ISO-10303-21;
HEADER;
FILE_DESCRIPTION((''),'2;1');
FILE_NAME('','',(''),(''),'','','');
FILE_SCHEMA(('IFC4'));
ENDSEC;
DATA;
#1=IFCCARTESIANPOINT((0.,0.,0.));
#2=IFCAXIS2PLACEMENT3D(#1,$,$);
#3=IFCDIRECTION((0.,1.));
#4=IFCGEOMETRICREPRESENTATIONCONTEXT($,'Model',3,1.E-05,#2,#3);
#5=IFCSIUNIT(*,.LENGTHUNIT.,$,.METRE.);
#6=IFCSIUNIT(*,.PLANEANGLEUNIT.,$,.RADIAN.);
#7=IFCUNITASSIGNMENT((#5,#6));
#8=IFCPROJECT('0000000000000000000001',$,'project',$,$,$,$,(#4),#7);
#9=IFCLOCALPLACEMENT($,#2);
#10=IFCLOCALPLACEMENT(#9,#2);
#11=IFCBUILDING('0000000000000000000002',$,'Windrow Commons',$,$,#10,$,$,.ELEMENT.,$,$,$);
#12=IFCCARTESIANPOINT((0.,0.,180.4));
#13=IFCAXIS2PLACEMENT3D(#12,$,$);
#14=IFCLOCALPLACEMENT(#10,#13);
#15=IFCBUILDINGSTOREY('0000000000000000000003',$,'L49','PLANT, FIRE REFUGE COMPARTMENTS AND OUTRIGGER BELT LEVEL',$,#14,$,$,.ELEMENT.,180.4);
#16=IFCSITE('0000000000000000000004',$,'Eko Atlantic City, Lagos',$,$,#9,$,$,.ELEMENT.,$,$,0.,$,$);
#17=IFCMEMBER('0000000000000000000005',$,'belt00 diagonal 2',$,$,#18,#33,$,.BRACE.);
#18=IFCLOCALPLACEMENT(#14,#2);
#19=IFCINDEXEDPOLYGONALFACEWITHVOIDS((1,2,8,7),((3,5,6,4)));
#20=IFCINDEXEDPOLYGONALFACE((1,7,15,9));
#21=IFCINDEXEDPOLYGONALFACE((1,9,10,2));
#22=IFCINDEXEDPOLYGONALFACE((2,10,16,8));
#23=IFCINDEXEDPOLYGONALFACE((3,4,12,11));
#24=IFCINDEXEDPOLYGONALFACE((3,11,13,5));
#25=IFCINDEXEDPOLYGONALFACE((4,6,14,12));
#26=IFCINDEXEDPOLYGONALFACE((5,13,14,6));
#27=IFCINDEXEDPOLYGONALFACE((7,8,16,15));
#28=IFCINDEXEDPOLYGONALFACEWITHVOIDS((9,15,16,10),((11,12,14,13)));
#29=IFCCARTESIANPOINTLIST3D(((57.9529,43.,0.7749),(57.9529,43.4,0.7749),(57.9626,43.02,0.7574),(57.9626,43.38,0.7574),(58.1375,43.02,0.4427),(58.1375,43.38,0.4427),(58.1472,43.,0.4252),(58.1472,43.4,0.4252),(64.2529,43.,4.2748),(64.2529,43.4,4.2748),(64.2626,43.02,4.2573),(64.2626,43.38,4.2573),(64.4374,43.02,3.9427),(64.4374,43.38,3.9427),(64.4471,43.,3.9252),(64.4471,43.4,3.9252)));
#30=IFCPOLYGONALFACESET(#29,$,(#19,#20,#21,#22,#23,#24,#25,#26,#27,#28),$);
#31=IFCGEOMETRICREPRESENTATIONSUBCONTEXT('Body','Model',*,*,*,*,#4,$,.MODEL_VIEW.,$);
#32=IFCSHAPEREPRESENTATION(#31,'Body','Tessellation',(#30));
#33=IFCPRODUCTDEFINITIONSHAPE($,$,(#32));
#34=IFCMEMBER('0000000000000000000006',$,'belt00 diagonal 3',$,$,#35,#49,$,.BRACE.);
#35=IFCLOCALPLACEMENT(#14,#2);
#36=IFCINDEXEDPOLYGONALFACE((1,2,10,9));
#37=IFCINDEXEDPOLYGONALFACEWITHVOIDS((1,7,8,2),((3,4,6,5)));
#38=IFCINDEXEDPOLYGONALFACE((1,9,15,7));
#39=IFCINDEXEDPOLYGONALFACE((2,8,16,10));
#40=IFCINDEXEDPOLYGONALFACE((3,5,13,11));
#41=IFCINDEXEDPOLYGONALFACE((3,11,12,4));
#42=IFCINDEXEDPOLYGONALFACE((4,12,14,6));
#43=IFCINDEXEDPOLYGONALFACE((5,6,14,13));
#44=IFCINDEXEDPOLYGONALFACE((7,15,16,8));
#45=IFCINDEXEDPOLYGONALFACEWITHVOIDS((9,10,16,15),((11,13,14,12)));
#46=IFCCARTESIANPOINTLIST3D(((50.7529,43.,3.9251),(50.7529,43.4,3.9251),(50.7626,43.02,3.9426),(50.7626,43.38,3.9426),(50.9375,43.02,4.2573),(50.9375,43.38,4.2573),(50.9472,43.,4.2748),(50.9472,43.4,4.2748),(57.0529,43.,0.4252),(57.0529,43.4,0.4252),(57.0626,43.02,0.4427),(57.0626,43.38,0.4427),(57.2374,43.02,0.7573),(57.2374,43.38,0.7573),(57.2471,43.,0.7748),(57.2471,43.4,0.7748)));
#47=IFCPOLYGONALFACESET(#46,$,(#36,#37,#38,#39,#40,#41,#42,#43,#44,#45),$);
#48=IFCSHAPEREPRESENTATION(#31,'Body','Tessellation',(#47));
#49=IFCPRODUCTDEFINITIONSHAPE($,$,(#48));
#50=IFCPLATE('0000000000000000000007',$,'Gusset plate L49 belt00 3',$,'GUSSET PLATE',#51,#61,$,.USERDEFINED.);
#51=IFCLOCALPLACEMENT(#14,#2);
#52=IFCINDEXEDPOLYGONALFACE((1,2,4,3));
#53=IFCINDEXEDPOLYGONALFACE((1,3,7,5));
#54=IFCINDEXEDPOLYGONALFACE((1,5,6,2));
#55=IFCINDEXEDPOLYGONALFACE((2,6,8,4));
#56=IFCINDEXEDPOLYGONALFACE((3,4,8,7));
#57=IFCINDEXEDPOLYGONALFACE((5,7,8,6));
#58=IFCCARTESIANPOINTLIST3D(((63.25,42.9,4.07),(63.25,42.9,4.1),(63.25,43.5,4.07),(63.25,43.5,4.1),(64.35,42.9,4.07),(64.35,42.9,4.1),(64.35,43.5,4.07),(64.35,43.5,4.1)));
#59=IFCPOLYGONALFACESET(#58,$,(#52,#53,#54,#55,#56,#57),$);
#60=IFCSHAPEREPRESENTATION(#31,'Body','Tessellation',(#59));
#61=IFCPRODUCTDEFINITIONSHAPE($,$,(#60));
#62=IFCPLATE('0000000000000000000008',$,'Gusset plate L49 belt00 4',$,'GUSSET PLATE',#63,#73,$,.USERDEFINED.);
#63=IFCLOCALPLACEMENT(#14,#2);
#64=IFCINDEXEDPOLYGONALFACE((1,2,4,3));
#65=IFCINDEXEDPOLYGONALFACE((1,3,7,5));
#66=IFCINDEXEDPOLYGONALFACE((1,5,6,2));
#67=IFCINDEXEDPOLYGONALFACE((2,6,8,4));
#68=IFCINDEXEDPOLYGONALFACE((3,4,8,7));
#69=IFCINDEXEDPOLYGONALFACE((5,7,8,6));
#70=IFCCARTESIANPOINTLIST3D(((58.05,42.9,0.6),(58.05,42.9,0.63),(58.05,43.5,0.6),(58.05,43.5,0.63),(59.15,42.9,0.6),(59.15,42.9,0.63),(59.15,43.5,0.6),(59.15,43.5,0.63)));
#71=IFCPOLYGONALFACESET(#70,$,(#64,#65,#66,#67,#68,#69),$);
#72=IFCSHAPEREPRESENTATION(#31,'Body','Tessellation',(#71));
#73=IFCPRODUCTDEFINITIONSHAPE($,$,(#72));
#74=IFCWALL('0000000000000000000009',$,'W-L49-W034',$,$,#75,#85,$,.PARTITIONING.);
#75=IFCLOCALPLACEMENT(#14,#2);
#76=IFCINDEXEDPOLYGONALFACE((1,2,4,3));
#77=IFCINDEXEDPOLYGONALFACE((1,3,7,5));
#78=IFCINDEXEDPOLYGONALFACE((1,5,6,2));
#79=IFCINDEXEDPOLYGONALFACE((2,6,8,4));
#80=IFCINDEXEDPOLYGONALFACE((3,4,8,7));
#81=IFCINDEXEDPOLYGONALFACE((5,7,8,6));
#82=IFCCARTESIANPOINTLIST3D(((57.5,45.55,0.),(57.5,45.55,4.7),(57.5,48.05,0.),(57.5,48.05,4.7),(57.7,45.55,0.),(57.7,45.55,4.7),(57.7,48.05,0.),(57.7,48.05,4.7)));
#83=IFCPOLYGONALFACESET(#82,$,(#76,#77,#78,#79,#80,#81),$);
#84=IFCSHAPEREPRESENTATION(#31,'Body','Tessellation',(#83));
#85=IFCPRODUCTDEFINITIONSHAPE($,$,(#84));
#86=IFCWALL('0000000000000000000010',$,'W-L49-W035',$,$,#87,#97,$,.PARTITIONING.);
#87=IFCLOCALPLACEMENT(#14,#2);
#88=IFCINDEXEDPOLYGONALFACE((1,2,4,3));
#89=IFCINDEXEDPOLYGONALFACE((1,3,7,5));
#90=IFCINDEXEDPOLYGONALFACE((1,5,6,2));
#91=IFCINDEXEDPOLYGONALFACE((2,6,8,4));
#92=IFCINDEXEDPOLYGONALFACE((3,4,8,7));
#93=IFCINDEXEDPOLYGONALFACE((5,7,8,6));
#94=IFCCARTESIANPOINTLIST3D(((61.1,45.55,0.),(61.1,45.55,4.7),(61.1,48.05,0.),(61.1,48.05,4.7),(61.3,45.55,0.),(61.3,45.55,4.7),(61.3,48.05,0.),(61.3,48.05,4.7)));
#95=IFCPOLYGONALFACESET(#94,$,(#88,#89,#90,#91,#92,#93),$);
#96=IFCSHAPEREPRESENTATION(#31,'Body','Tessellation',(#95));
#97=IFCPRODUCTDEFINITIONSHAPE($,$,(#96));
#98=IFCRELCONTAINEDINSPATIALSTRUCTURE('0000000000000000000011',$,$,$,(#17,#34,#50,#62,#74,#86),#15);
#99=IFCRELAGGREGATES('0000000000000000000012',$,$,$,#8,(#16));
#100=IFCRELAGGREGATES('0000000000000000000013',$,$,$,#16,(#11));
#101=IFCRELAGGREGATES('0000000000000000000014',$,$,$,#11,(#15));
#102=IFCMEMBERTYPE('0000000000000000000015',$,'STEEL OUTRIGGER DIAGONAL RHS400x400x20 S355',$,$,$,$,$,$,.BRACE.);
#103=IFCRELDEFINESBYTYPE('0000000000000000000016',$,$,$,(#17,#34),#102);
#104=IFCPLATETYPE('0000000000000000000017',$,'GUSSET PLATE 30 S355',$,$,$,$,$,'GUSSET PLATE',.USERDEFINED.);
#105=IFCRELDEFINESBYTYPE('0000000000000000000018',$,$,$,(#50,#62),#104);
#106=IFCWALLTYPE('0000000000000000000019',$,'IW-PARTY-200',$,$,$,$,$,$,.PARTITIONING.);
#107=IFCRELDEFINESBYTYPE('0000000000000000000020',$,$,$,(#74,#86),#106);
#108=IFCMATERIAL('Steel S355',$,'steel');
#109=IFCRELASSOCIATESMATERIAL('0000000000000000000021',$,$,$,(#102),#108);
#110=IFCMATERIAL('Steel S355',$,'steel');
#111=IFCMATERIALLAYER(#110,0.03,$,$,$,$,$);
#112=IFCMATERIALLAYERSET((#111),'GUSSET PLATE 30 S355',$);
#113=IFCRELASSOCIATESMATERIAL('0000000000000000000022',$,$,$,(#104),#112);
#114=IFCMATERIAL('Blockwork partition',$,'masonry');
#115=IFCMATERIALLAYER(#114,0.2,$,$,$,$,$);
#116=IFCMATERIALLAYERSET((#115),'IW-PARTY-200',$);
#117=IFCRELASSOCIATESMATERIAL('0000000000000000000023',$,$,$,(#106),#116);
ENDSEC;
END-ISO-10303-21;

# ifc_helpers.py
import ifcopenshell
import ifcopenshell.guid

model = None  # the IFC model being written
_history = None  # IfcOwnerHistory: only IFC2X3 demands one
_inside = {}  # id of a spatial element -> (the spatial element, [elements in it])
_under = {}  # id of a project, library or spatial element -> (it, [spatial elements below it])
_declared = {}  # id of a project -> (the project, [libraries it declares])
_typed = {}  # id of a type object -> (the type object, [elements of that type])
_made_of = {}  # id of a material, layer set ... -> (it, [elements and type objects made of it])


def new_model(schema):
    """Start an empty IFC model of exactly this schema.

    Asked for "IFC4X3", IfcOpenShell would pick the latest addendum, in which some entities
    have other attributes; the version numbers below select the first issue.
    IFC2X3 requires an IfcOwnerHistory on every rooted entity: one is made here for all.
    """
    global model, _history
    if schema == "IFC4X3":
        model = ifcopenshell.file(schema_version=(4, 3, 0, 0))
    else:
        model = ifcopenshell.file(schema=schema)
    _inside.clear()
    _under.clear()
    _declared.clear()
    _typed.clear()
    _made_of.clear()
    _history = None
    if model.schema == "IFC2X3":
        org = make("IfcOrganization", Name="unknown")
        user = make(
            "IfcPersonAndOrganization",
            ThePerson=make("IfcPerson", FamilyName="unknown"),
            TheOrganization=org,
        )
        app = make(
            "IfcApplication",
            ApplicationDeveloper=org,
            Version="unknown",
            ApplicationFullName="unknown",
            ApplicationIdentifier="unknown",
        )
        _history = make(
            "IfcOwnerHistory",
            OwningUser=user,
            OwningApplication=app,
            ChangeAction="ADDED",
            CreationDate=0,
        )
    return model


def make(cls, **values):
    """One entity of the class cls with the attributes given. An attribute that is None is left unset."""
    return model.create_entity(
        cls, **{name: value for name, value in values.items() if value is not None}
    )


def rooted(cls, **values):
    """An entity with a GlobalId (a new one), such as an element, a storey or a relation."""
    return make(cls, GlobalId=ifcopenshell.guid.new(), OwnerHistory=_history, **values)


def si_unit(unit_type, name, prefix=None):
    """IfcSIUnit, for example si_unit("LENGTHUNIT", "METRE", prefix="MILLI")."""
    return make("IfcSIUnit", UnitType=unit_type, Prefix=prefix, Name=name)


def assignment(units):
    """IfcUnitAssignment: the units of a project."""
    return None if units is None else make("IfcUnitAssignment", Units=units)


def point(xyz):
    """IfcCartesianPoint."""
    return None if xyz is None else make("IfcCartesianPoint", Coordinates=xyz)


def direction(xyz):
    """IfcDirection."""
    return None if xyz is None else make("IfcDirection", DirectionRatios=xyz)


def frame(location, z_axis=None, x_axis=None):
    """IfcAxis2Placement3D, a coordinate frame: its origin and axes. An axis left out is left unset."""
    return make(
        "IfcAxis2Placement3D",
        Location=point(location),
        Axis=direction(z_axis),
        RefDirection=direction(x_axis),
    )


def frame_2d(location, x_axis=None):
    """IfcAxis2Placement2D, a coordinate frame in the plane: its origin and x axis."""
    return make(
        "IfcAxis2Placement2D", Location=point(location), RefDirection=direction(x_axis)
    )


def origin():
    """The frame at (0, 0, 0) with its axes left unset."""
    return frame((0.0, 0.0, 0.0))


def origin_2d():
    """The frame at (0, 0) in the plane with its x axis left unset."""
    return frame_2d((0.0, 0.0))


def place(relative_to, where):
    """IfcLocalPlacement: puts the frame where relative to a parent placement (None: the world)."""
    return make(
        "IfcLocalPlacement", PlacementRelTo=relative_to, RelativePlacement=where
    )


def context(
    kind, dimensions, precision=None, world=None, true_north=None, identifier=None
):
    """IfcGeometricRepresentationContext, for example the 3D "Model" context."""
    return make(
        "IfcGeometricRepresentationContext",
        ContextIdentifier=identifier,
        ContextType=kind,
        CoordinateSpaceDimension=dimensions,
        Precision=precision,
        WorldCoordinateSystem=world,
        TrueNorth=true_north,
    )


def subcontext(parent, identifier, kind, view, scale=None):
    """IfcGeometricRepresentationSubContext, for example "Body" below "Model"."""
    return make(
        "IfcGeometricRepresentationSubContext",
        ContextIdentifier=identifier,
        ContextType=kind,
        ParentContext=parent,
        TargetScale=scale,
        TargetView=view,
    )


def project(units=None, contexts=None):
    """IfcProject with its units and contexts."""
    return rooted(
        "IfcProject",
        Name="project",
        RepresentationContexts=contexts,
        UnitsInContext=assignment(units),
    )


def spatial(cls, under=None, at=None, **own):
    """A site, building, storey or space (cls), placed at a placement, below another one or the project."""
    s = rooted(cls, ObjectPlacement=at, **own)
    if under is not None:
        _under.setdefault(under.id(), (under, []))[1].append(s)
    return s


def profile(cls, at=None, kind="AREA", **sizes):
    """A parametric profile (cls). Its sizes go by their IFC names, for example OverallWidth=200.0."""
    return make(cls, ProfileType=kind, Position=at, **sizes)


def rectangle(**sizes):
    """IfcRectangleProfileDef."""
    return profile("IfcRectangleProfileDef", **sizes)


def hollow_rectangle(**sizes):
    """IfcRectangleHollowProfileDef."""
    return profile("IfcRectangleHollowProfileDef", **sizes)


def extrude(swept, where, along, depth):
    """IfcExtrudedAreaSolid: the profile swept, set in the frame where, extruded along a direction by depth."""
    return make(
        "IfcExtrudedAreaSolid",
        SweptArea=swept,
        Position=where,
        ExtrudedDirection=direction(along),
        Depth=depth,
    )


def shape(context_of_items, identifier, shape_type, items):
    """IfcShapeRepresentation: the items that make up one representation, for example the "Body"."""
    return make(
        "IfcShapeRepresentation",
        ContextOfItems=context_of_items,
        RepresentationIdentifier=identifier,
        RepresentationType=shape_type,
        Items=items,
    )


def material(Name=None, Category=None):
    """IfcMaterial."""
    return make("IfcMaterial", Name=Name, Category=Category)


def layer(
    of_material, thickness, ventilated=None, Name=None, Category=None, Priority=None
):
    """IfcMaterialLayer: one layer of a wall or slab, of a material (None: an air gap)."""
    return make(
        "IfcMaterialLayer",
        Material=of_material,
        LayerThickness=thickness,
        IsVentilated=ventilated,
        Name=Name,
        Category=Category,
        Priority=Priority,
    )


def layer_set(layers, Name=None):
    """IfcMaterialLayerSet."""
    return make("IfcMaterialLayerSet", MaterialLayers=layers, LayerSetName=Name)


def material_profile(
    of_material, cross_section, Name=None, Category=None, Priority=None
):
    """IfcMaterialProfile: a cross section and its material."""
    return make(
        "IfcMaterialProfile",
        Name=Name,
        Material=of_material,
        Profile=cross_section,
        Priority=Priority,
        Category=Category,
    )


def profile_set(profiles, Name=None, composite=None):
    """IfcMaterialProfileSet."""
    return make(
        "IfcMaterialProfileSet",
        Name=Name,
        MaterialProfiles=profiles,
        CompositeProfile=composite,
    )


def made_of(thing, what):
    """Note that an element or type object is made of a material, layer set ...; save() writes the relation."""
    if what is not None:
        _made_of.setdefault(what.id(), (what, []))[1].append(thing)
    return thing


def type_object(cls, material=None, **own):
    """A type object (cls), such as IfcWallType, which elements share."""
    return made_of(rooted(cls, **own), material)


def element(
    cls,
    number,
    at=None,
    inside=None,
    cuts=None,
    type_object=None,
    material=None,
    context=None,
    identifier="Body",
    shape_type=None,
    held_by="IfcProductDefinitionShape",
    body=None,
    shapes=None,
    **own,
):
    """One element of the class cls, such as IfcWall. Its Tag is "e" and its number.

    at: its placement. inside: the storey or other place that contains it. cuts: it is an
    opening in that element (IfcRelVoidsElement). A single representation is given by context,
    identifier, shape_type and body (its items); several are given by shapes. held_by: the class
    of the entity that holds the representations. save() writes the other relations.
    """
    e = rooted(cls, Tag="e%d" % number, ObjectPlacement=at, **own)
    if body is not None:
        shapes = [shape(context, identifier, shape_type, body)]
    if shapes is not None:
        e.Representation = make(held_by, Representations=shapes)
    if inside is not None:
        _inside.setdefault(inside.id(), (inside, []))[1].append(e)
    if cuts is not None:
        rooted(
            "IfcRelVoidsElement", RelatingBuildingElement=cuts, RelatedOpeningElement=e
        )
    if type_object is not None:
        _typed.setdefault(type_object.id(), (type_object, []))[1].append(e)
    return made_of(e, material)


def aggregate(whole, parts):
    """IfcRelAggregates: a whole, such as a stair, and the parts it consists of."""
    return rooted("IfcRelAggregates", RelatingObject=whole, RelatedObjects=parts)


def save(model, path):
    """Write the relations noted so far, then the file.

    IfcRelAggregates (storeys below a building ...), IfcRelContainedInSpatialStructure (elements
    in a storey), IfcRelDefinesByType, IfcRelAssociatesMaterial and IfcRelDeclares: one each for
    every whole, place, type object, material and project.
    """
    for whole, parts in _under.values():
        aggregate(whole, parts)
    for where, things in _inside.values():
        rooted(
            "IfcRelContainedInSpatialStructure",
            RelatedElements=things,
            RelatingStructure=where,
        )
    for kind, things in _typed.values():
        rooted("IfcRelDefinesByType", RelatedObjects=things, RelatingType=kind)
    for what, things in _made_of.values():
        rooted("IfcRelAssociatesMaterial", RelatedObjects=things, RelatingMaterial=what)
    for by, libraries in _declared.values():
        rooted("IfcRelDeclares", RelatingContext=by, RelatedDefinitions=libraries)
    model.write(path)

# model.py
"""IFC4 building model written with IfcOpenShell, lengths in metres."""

from ifc_helpers import new_model, si_unit, direction, frame, frame_2d, origin, origin_2d, place, context, subcontext, project, spatial, rectangle, hollow_rectangle, extrude, material, layer, layer_set, material_profile, profile_set, type_object, element, save


model = new_model("IFC4")

# Units and contexts
model_context = context("Model", 3, precision=1e-05, world=origin(), true_north=direction((0.0, 1.0)))
body_context = subcontext(model_context, "Body", "Model", "MODEL_VIEW")
ifc_project = project(units=[si_unit("LENGTHUNIT", "METRE"), si_unit("PLANEANGLEUNIT", "RADIAN")], contexts=[model_context])

# Site, building, storey
site_placement = place(None, origin())
site = spatial("IfcSite", under=ifc_project, at=site_placement, Name="Eko Atlantic City, Lagos", CompositionType="ELEMENT", RefElevation=0.0)
building_placement = place(site_placement, origin())
building = spatial("IfcBuilding", under=site, at=building_placement, Name="Windrow Commons", CompositionType="ELEMENT")
storey_placement = place(building_placement, frame((0.0, 0.0, 180.4)))
storey = spatial("IfcBuildingStorey", under=building, at=storey_placement, Name="L49", Description="PLANT, FIRE REFUGE COMPARTMENTS AND OUTRIGGER BELT LEVEL", CompositionType="ELEMENT", Elevation=180.4)

# Members
ifc_material_1 = material(Name="Steel S355", Category="steel")
ifc_material_profile_1 = material_profile(ifc_material_1, hollow_rectangle(XDim=0.4, YDim=0.4, WallThickness=0.02, at=origin_2d()))
ifc_profile_set_1 = profile_set([ifc_material_profile_1], Name="Steel S355")
member_type_1 = type_object("IfcMemberType", Name="STEEL OUTRIGGER DIAGONAL RHS400x400x20 S355", PredefinedType="BRACE", material=ifc_profile_set_1)
for number, where, z_axis, x_axis, name in (
    (1, (64.35, 43.2, 4.1), (-0.874157, 0.0, -0.485643), (0.0, -1.0, 0.0), "belt00 diagonal 2"),
    (2, (57.15, 43.2, 0.6), (-0.874157, 0.0, 0.485643), (0.0, -1.0, 0.0), "belt00 diagonal 3"),
):
    element("IfcMember", number, at=place(storey_placement, frame(where, z_axis=z_axis, x_axis=x_axis)), inside=storey, type_object=member_type_1, Name=name, PredefinedType="BRACE", context=body_context, shape_type="SweptSolid", body=[
        extrude(hollow_rectangle(XDim=0.4, YDim=0.4, WallThickness=0.02, at=origin_2d()), origin(), (0.0, 0.0, 1.0), 7.2069),
    ])

# Plates
ifc_material_2 = material(Name="Steel S355", Category="steel")
ifc_layer_1 = layer(ifc_material_2, 0.03)
ifc_layer_set_1 = layer_set([ifc_layer_1], Name="GUSSET PLATE 30 S355")
plate_type = type_object("IfcPlateType", Name="GUSSET PLATE 30 S355", ElementType="GUSSET PLATE", PredefinedType="USERDEFINED", material=ifc_layer_set_1)
for number, where, z_axis, x_axis, name in (
    (3, (63.8, 43.2, 4.07), (0.0, 0.0, 1.0), (-1.0, 0.0, 0.0), "Gusset plate L49 belt00 3"),
    (4, (58.6, 43.2, 0.6), (0.0, 0.0, 1.0), (-1.0, 0.0, 0.0), "Gusset plate L49 belt00 4"),
):
    element("IfcPlate", number, at=place(storey_placement, frame(where, z_axis=z_axis, x_axis=x_axis)), inside=storey, type_object=plate_type, Name=name, ObjectType="GUSSET PLATE", PredefinedType="USERDEFINED", context=body_context, shape_type="SweptSolid", body=[
        extrude(rectangle(XDim=1.1, YDim=0.6, at=origin_2d()), origin(), (0.0, 0.0, 1.0), 0.03),
    ])

# Walls
ifc_material_3 = material(Name="Blockwork partition", Category="masonry")
ifc_layer_2 = layer(ifc_material_3, 0.2)
ifc_layer_set_2 = layer_set([ifc_layer_2], Name="IW-PARTY-200")
wall_type = type_object("IfcWallType", Name="IW-PARTY-200", PredefinedType="PARTITIONING", material=ifc_layer_set_2)
for number, where, z_axis, x_axis, name in (
    (5, (57.6, 45.55, 0.0), (0.0, 0.0, 1.0), (0.0, 1.0, 0.0), "W-L49-W034"),
    (6, (61.2, 45.55, 0.0), (0.0, 0.0, 1.0), (0.0, 1.0, 0.0), "W-L49-W035"),
):
    element("IfcWall", number, at=place(storey_placement, frame(where, z_axis=z_axis, x_axis=x_axis)), inside=storey, type_object=wall_type, Name=name, PredefinedType="PARTITIONING", context=body_context, shape_type="SweptSolid", body=[
        extrude(rectangle(XDim=2.5, YDim=0.2, at=frame_2d((1.25, 0.0))), origin(), (0.0, 0.0, 1.0), 4.7),
    ])

save(model, "model.ifc")
